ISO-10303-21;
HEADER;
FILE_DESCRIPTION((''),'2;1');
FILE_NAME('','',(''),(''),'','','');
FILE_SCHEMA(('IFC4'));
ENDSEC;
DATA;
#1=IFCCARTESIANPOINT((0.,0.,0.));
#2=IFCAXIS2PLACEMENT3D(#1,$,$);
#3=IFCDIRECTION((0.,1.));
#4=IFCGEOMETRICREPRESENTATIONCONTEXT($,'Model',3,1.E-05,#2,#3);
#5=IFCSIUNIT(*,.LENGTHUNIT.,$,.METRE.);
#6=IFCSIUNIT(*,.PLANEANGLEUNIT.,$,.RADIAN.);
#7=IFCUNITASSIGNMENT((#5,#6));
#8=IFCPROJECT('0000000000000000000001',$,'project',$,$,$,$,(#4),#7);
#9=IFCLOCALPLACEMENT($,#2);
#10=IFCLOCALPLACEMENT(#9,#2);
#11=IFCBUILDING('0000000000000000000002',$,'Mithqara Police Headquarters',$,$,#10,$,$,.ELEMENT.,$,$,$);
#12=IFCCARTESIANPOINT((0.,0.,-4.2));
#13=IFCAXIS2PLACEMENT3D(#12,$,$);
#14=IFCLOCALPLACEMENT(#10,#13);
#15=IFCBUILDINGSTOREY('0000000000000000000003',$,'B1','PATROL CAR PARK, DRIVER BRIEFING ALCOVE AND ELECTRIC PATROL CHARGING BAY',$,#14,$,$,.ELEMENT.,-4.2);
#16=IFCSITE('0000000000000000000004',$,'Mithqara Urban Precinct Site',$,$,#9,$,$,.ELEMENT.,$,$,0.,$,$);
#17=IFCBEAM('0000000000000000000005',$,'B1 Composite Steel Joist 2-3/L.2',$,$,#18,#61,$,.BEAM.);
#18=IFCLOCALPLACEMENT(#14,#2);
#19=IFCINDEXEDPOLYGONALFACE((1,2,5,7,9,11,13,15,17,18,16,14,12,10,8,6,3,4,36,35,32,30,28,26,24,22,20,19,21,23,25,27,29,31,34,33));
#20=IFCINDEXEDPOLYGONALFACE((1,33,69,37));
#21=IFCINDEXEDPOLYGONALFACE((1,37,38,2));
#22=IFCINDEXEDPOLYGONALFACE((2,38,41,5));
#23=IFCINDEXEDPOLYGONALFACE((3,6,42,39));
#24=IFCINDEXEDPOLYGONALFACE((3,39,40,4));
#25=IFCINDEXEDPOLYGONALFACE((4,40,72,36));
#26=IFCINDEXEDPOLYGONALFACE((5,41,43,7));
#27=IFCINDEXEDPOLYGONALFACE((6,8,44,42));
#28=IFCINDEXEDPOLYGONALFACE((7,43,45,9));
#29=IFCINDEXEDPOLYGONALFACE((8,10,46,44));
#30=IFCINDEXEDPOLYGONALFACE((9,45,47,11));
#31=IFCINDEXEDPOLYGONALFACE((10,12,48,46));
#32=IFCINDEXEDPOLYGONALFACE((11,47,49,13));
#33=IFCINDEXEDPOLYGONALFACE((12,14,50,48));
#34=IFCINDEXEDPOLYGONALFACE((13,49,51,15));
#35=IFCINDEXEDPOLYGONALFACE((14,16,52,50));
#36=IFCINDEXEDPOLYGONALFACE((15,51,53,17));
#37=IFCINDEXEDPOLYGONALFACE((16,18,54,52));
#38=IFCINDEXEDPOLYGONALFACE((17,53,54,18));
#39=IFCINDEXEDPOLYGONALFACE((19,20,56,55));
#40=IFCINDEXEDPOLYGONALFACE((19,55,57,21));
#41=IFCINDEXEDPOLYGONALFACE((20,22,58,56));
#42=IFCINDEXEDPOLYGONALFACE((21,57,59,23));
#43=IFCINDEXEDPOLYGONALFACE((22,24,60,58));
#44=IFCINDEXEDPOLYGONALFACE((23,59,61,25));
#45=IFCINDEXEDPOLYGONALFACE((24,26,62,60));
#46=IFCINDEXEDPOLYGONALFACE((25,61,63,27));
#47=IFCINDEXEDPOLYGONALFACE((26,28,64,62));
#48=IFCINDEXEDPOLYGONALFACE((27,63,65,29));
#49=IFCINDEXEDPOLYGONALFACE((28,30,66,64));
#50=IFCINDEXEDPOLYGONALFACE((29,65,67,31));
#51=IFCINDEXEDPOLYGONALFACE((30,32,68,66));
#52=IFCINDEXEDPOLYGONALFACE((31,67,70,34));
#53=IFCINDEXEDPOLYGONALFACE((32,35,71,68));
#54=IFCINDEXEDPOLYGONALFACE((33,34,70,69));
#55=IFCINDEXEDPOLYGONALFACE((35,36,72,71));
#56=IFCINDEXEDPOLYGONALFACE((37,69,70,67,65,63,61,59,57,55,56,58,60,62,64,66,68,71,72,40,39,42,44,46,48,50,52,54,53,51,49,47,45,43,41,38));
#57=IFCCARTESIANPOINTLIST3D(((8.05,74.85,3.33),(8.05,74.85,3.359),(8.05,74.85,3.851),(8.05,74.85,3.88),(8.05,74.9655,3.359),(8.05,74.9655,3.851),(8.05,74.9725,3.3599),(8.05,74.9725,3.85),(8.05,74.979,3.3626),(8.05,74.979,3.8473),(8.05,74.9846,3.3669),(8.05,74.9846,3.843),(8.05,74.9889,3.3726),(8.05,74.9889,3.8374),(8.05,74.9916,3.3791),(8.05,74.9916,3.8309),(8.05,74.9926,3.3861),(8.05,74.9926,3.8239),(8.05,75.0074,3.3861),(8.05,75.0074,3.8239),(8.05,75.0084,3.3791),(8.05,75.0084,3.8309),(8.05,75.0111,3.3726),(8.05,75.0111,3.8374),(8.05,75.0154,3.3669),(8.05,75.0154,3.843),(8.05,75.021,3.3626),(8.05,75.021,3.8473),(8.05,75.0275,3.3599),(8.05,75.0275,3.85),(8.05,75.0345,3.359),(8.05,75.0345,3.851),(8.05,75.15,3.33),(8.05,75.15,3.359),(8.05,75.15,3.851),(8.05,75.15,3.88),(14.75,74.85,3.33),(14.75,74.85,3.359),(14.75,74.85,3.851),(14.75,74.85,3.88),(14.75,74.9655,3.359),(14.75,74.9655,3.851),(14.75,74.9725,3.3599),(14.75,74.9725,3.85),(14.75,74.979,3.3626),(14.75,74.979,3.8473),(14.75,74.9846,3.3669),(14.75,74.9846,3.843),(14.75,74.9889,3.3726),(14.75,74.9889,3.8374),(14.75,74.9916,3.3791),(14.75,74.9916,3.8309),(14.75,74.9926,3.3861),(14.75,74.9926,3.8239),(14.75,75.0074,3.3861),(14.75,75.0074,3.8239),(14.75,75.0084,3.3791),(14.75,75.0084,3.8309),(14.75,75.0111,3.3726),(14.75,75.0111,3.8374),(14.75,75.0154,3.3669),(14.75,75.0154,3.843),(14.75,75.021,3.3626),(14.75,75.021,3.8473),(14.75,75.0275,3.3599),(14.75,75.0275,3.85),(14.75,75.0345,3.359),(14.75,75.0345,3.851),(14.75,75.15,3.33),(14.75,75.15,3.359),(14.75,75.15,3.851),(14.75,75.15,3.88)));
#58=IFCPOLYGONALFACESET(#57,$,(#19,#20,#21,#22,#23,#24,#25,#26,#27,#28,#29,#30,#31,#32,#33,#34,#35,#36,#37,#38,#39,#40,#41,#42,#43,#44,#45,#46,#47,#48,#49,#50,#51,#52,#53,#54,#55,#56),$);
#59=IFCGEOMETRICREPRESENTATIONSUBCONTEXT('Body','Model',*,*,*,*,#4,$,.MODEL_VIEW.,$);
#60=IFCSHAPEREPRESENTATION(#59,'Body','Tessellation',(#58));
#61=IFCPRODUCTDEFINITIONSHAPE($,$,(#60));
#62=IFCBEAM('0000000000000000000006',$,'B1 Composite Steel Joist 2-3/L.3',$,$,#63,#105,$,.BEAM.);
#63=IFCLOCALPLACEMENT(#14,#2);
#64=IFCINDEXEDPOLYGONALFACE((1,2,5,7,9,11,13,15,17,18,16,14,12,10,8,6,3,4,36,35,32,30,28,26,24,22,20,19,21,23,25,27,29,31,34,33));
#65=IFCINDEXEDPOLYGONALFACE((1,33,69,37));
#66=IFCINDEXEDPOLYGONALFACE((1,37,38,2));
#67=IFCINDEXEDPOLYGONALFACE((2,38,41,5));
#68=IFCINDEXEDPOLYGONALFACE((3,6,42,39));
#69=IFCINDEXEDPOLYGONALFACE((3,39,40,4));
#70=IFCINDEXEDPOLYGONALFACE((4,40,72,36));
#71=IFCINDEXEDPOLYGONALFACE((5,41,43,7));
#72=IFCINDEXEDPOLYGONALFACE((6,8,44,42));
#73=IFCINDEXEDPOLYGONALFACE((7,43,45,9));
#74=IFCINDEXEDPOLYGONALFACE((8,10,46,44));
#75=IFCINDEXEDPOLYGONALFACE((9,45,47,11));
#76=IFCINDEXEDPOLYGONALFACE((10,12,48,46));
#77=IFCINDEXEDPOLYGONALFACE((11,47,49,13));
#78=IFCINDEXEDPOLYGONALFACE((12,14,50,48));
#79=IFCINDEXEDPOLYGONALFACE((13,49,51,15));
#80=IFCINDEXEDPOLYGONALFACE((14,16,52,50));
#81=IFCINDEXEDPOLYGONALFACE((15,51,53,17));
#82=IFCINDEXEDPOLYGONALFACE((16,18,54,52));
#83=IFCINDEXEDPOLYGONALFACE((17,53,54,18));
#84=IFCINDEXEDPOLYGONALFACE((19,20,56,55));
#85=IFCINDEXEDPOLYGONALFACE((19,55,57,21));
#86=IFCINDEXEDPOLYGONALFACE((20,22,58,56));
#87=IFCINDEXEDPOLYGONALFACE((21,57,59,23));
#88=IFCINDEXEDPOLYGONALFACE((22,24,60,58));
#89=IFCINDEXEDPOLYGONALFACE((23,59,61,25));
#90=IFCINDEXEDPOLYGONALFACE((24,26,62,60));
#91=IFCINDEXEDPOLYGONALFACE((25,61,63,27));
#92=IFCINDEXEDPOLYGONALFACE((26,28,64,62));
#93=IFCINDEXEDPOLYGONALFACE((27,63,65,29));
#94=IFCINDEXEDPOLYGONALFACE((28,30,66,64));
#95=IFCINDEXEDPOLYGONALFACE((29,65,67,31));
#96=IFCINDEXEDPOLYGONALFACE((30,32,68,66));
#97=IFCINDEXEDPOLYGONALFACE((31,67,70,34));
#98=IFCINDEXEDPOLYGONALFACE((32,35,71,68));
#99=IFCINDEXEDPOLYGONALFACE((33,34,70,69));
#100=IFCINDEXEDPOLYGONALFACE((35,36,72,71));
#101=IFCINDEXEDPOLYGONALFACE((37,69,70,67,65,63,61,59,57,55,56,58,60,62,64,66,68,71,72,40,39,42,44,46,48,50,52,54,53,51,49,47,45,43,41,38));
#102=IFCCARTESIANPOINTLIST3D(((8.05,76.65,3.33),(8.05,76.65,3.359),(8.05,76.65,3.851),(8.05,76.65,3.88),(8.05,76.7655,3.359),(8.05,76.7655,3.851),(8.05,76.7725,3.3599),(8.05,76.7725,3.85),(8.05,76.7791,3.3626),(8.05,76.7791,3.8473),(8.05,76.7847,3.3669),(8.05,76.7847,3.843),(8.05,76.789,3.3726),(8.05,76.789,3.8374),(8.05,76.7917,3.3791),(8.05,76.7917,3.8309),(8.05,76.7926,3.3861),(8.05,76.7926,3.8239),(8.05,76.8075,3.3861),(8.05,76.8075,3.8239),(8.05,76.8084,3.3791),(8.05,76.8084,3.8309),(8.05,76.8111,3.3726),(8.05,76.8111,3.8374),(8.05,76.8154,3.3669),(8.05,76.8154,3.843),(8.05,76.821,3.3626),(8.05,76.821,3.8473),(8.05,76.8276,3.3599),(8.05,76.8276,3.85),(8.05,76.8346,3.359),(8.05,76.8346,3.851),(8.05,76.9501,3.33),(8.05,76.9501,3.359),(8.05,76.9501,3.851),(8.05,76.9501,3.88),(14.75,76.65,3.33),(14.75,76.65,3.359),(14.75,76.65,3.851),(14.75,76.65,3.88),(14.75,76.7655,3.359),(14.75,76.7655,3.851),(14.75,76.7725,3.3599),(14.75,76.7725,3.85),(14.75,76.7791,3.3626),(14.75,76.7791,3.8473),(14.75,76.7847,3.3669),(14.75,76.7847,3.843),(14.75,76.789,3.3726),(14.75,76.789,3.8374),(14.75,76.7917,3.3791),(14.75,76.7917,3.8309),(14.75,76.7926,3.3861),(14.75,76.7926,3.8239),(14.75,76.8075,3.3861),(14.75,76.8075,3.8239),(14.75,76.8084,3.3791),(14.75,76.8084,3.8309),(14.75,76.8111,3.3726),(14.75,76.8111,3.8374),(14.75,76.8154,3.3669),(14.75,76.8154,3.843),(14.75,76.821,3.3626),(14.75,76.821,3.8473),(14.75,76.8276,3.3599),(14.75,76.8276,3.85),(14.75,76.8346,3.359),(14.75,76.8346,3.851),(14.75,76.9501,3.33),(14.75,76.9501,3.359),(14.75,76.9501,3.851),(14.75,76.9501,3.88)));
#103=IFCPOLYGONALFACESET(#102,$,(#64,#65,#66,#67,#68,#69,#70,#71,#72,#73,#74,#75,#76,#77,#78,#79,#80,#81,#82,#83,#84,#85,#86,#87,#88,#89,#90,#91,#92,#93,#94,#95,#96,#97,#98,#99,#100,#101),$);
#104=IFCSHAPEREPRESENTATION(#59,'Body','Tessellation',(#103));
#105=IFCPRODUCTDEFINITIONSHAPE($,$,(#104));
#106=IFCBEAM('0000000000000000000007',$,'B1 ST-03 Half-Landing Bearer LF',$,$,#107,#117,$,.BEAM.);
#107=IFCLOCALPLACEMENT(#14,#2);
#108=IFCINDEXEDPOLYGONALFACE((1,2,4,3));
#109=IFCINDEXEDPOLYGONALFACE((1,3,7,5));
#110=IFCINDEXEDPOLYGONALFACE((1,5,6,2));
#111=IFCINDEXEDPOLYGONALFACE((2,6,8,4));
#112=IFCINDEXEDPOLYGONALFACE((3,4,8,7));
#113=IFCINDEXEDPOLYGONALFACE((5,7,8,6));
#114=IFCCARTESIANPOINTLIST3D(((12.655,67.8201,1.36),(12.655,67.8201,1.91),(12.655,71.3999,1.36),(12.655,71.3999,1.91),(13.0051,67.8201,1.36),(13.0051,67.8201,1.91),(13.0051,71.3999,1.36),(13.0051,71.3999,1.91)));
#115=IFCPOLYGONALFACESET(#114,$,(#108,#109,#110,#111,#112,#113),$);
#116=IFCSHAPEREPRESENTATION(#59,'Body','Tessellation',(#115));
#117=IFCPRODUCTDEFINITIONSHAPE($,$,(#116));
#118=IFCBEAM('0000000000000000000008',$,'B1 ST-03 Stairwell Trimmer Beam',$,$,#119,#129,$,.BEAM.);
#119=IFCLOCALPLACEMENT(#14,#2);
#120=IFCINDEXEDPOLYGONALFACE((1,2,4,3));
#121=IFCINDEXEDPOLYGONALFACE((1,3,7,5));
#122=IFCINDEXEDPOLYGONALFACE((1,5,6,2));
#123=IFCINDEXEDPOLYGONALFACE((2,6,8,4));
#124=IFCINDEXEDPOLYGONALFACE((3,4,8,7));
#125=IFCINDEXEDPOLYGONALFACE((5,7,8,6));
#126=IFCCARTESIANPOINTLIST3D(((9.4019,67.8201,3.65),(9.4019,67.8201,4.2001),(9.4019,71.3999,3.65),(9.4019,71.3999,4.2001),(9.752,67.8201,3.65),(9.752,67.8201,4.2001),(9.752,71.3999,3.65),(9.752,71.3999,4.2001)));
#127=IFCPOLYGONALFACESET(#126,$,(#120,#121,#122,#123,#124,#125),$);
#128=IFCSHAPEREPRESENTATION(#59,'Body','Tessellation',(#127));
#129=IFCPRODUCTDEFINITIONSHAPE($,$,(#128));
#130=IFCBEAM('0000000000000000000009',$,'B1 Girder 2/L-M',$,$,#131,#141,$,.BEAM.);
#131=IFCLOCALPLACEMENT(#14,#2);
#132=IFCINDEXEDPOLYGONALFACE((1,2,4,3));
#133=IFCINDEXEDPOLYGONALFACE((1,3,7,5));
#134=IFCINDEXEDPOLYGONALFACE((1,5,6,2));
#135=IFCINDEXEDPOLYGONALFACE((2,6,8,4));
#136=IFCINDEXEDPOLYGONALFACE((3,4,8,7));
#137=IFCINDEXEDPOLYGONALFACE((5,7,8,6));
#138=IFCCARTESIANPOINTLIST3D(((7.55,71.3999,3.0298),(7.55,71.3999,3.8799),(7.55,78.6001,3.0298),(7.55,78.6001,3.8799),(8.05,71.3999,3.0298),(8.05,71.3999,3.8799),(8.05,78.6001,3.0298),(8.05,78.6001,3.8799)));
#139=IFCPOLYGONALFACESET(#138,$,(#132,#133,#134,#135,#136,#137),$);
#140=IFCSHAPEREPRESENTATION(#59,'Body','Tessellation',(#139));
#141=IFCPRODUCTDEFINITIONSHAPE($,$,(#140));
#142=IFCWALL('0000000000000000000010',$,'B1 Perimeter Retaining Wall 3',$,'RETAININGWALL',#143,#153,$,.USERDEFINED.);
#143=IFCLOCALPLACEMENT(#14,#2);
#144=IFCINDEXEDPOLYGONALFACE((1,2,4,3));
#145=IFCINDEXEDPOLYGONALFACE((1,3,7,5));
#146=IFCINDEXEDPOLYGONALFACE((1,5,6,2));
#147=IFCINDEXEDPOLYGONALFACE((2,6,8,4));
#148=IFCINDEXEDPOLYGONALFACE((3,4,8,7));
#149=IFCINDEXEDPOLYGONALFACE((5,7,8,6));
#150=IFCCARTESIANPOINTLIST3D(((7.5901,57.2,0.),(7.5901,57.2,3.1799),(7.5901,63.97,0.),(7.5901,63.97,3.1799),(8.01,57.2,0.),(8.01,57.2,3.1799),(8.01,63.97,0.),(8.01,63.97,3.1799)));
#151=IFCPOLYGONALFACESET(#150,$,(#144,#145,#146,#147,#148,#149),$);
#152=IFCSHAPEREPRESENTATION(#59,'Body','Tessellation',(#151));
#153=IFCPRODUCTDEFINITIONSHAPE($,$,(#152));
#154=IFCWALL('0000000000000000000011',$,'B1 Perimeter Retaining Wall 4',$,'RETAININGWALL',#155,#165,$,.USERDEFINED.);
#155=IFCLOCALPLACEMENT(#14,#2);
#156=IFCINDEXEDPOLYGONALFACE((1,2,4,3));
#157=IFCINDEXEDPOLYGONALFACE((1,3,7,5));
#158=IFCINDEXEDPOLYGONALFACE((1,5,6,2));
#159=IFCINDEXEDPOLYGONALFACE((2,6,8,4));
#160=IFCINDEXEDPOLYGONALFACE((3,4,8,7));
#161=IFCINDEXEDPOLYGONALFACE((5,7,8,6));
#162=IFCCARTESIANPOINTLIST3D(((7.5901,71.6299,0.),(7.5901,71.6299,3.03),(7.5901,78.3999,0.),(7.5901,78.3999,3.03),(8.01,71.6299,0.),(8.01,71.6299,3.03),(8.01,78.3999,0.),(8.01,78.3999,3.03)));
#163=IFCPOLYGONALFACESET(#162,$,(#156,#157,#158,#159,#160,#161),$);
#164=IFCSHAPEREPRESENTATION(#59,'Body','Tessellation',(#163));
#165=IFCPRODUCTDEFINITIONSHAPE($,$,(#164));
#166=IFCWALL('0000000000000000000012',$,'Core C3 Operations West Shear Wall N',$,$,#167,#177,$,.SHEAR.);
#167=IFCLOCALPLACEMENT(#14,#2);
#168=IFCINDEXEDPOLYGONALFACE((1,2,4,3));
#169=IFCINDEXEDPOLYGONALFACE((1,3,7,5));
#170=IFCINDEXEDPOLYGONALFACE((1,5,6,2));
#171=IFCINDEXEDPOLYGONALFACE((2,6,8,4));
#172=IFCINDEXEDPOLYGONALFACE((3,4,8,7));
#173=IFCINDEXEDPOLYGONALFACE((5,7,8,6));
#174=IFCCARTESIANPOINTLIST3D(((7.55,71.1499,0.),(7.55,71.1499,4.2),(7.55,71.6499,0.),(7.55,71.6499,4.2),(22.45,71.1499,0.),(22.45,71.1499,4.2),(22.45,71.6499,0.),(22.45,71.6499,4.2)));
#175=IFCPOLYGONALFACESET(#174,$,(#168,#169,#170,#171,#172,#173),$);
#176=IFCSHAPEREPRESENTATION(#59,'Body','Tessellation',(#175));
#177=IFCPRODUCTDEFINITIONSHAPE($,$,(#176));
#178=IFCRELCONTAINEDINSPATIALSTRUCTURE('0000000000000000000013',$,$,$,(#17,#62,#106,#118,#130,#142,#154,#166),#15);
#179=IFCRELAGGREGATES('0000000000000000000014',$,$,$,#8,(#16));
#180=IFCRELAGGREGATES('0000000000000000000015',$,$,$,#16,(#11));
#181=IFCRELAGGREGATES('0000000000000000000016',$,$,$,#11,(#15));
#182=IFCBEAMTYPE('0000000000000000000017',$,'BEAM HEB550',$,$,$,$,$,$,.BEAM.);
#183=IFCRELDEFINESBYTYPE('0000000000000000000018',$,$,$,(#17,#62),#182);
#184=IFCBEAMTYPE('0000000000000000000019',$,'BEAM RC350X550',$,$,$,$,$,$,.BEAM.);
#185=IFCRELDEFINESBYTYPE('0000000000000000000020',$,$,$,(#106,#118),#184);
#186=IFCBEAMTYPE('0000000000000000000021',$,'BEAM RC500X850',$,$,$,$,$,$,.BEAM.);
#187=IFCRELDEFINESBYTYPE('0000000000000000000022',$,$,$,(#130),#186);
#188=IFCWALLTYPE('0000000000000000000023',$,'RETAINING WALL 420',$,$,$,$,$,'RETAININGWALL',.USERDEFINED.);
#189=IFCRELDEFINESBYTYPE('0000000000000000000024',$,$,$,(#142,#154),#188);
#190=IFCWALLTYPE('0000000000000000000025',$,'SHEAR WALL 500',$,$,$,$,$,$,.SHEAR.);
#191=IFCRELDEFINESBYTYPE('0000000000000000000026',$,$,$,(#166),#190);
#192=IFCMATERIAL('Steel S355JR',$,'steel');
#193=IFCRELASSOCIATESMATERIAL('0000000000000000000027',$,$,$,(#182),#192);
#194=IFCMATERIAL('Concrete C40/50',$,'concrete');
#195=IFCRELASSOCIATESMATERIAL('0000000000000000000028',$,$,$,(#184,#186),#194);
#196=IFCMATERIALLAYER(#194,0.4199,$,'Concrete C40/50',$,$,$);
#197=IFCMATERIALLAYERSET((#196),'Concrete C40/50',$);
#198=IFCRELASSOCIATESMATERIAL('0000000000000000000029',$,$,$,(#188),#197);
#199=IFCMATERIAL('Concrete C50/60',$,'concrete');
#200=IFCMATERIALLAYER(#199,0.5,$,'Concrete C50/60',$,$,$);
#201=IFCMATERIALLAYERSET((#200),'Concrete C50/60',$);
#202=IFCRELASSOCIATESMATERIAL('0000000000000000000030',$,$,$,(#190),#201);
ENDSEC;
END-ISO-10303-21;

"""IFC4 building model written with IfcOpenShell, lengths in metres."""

from ifc_helpers import new_model, si_unit, direction, frame, frame_2d, origin, origin_2d, place, context, subcontext, project, spatial, rectangle, i_section, extrude, material, layer, layer_set, material_profile, profile_set, type_object, element, save


model = new_model("IFC4")

# Units and contexts
model_context = context("Model", 3, precision=1e-05, world=origin(), true_north=direction((0.0, 1.0)))
body_context = subcontext(model_context, "Body", "Model", "MODEL_VIEW")
ifc_project = project(units=[si_unit("LENGTHUNIT", "METRE"), si_unit("PLANEANGLEUNIT", "RADIAN")], contexts=[model_context])

# Site, building, storey
site_placement = place(None, origin())
site = spatial("IfcSite", under=ifc_project, at=site_placement, Name="Mithqara Urban Precinct Site", CompositionType="ELEMENT", RefElevation=0.0)
building_placement = place(site_placement, origin())
building = spatial("IfcBuilding", under=site, at=building_placement, Name="Mithqara Police Headquarters", CompositionType="ELEMENT")
storey_placement = place(building_placement, frame((0.0, 0.0, -4.2)))
storey = spatial("IfcBuildingStorey", under=building, at=storey_placement, Name="B1", Description="PATROL CAR PARK, DRIVER BRIEFING ALCOVE AND ELECTRIC PATROL CHARGING BAY", CompositionType="ELEMENT", Elevation=-4.2)

# Beams
ifc_material_1 = material(Name="Steel S355JR", Category="steel")
ifc_material_profile_1 = material_profile(ifc_material_1, i_section(OverallWidth=0.3, OverallDepth=0.55, WebThickness=0.0149, FlangeThickness=0.0291, FilletRadius=0.0271, at=origin_2d()), Name="HEB 550")
ifc_profile_set_1 = profile_set([ifc_material_profile_1], Name="Steel S355JR")
beam_type_1 = type_object("IfcBeamType", Name="BEAM HEB550", PredefinedType="BEAM", material=ifc_profile_set_1)
for number, where, z_axis, x_axis, name in (
    (1, (8.05, 75.0, 3.605), (1.0, 0.0, 0.0), (0.0, 1.0, 0.0), "B1 Composite Steel Joist 2-3/L.2"),
    (2, (8.05, 76.8, 3.605), (1.0, 0.0, 0.0), (0.0, 1.0, 0.0), "B1 Composite Steel Joist 2-3/L.3"),
):
    element("IfcBeam", number, at=place(storey_placement, frame(where, z_axis=z_axis, x_axis=x_axis)), inside=storey, type_object=beam_type_1, Name=name, PredefinedType="BEAM", context=body_context, shape_type="SweptSolid", body=[
        extrude(i_section(OverallWidth=0.3, OverallDepth=0.55, WebThickness=0.0149, FlangeThickness=0.0291, FilletRadius=0.0271, at=origin_2d()), origin(), (0.0, 0.0, 1.0), 6.7),
    ])
ifc_material_2 = material(Name="Concrete C40/50", Category="concrete")
ifc_material_profile_2 = material_profile(ifc_material_2, rectangle(XDim=0.3501, YDim=0.55, at=origin_2d()), Name="RC 350x550")
ifc_profile_set_2 = profile_set([ifc_material_profile_2], Name="Concrete C40/50")
beam_type_2 = type_object("IfcBeamType", Name="BEAM RC350X550", PredefinedType="BEAM", material=ifc_profile_set_2)
for number, where, z_axis, x_axis, name in (
    (3, (12.8301, 67.8201, 1.635), (0.0, 1.0, 0.0), (-1.0, 0.0, 0.0), "B1 ST-03 Half-Landing Bearer LF"),
    (4, (9.5769, 67.8201, 3.925), (0.0, 1.0, 0.0), (-1.0, 0.0, 0.0), "B1 ST-03 Stairwell Trimmer Beam"),
):
    element("IfcBeam", number, at=place(storey_placement, frame(where, z_axis=z_axis, x_axis=x_axis)), inside=storey, type_object=beam_type_2, Name=name, PredefinedType="BEAM", context=body_context, shape_type="SweptSolid", body=[
        extrude(rectangle(XDim=0.3501, YDim=0.55, at=origin_2d()), origin(), (0.0, 0.0, 1.0), 3.5798),
    ])
ifc_material_profile_3 = material_profile(ifc_material_2, rectangle(XDim=0.5, YDim=0.8501, at=origin_2d()), Name="RC 500x850")
ifc_profile_set_3 = profile_set([ifc_material_profile_3], Name="Concrete C40/50")
beam_type_3 = type_object("IfcBeamType", Name="BEAM RC500X850", PredefinedType="BEAM", material=ifc_profile_set_3)
beam_placement = place(storey_placement, frame((7.8, 71.3999, 3.4548), z_axis=(0.0, 1.0, 0.0), x_axis=(-1.0, 0.0, 0.0)))
element("IfcBeam", 5, at=beam_placement, inside=storey, type_object=beam_type_3, Name="B1 Girder 2/L-M", PredefinedType="BEAM", context=body_context, shape_type="SweptSolid", body=[
    extrude(rectangle(XDim=0.5, YDim=0.8501, at=origin_2d()), origin(), (0.0, 0.0, 1.0), 7.2002),
])

# Walls
ifc_layer_1 = layer(ifc_material_2, 0.4199, Name="Concrete C40/50")
ifc_layer_set_1 = layer_set([ifc_layer_1], Name="Concrete C40/50")
wall_type_1 = type_object("IfcWallType", Name="RETAINING WALL 420", ElementType="RETAININGWALL", PredefinedType="USERDEFINED", material=ifc_layer_set_1)
wall_1_placement = place(storey_placement, frame((7.8, 57.2, 0.0), z_axis=(0.0, 0.0, 1.0), x_axis=(0.0, 1.0, 0.0)))
element("IfcWall", 6, at=wall_1_placement, inside=storey, type_object=wall_type_1, Name="B1 Perimeter Retaining Wall 3", ObjectType="RETAININGWALL", PredefinedType="USERDEFINED", context=body_context, shape_type="SweptSolid", body=[
    extrude(rectangle(XDim=6.77, YDim=0.4199, at=frame_2d((3.385, 0.0))), origin(), (0.0, 0.0, 1.0), 3.1799),
])
wall_2_placement = place(storey_placement, frame((7.8, 71.6299, 0.0), z_axis=(0.0, 0.0, 1.0), x_axis=(0.0, 1.0, 0.0)))
element("IfcWall", 7, at=wall_2_placement, inside=storey, type_object=wall_type_1, Name="B1 Perimeter Retaining Wall 4", ObjectType="RETAININGWALL", PredefinedType="USERDEFINED", context=body_context, shape_type="SweptSolid", body=[
    extrude(rectangle(XDim=6.77, YDim=0.4199, at=frame_2d((3.385, 0.0))), origin(), (0.0, 0.0, 1.0), 3.03),
])
ifc_material_3 = material(Name="Concrete C50/60", Category="concrete")
ifc_layer_2 = layer(ifc_material_3, 0.5, Name="Concrete C50/60")
ifc_layer_set_2 = layer_set([ifc_layer_2], Name="Concrete C50/60")
wall_type_2 = type_object("IfcWallType", Name="SHEAR WALL 500", PredefinedType="SHEAR", material=ifc_layer_set_2)
wall_3_placement = place(storey_placement, frame((7.55, 71.3999, 0.0), z_axis=(0.0, 0.0, 1.0), x_axis=(1.0, 0.0, 0.0)))
element("IfcWall", 8, at=wall_3_placement, inside=storey, type_object=wall_type_2, Name="Core C3 Operations West Shear Wall N", PredefinedType="SHEAR", context=body_context, shape_type="SweptSolid", body=[
    extrude(rectangle(XDim=14.8999, YDim=0.5, at=frame_2d((7.45, 0.0))), origin(), (0.0, 0.0, 1.0), 4.2),
])

save(model, "model.ifc")
